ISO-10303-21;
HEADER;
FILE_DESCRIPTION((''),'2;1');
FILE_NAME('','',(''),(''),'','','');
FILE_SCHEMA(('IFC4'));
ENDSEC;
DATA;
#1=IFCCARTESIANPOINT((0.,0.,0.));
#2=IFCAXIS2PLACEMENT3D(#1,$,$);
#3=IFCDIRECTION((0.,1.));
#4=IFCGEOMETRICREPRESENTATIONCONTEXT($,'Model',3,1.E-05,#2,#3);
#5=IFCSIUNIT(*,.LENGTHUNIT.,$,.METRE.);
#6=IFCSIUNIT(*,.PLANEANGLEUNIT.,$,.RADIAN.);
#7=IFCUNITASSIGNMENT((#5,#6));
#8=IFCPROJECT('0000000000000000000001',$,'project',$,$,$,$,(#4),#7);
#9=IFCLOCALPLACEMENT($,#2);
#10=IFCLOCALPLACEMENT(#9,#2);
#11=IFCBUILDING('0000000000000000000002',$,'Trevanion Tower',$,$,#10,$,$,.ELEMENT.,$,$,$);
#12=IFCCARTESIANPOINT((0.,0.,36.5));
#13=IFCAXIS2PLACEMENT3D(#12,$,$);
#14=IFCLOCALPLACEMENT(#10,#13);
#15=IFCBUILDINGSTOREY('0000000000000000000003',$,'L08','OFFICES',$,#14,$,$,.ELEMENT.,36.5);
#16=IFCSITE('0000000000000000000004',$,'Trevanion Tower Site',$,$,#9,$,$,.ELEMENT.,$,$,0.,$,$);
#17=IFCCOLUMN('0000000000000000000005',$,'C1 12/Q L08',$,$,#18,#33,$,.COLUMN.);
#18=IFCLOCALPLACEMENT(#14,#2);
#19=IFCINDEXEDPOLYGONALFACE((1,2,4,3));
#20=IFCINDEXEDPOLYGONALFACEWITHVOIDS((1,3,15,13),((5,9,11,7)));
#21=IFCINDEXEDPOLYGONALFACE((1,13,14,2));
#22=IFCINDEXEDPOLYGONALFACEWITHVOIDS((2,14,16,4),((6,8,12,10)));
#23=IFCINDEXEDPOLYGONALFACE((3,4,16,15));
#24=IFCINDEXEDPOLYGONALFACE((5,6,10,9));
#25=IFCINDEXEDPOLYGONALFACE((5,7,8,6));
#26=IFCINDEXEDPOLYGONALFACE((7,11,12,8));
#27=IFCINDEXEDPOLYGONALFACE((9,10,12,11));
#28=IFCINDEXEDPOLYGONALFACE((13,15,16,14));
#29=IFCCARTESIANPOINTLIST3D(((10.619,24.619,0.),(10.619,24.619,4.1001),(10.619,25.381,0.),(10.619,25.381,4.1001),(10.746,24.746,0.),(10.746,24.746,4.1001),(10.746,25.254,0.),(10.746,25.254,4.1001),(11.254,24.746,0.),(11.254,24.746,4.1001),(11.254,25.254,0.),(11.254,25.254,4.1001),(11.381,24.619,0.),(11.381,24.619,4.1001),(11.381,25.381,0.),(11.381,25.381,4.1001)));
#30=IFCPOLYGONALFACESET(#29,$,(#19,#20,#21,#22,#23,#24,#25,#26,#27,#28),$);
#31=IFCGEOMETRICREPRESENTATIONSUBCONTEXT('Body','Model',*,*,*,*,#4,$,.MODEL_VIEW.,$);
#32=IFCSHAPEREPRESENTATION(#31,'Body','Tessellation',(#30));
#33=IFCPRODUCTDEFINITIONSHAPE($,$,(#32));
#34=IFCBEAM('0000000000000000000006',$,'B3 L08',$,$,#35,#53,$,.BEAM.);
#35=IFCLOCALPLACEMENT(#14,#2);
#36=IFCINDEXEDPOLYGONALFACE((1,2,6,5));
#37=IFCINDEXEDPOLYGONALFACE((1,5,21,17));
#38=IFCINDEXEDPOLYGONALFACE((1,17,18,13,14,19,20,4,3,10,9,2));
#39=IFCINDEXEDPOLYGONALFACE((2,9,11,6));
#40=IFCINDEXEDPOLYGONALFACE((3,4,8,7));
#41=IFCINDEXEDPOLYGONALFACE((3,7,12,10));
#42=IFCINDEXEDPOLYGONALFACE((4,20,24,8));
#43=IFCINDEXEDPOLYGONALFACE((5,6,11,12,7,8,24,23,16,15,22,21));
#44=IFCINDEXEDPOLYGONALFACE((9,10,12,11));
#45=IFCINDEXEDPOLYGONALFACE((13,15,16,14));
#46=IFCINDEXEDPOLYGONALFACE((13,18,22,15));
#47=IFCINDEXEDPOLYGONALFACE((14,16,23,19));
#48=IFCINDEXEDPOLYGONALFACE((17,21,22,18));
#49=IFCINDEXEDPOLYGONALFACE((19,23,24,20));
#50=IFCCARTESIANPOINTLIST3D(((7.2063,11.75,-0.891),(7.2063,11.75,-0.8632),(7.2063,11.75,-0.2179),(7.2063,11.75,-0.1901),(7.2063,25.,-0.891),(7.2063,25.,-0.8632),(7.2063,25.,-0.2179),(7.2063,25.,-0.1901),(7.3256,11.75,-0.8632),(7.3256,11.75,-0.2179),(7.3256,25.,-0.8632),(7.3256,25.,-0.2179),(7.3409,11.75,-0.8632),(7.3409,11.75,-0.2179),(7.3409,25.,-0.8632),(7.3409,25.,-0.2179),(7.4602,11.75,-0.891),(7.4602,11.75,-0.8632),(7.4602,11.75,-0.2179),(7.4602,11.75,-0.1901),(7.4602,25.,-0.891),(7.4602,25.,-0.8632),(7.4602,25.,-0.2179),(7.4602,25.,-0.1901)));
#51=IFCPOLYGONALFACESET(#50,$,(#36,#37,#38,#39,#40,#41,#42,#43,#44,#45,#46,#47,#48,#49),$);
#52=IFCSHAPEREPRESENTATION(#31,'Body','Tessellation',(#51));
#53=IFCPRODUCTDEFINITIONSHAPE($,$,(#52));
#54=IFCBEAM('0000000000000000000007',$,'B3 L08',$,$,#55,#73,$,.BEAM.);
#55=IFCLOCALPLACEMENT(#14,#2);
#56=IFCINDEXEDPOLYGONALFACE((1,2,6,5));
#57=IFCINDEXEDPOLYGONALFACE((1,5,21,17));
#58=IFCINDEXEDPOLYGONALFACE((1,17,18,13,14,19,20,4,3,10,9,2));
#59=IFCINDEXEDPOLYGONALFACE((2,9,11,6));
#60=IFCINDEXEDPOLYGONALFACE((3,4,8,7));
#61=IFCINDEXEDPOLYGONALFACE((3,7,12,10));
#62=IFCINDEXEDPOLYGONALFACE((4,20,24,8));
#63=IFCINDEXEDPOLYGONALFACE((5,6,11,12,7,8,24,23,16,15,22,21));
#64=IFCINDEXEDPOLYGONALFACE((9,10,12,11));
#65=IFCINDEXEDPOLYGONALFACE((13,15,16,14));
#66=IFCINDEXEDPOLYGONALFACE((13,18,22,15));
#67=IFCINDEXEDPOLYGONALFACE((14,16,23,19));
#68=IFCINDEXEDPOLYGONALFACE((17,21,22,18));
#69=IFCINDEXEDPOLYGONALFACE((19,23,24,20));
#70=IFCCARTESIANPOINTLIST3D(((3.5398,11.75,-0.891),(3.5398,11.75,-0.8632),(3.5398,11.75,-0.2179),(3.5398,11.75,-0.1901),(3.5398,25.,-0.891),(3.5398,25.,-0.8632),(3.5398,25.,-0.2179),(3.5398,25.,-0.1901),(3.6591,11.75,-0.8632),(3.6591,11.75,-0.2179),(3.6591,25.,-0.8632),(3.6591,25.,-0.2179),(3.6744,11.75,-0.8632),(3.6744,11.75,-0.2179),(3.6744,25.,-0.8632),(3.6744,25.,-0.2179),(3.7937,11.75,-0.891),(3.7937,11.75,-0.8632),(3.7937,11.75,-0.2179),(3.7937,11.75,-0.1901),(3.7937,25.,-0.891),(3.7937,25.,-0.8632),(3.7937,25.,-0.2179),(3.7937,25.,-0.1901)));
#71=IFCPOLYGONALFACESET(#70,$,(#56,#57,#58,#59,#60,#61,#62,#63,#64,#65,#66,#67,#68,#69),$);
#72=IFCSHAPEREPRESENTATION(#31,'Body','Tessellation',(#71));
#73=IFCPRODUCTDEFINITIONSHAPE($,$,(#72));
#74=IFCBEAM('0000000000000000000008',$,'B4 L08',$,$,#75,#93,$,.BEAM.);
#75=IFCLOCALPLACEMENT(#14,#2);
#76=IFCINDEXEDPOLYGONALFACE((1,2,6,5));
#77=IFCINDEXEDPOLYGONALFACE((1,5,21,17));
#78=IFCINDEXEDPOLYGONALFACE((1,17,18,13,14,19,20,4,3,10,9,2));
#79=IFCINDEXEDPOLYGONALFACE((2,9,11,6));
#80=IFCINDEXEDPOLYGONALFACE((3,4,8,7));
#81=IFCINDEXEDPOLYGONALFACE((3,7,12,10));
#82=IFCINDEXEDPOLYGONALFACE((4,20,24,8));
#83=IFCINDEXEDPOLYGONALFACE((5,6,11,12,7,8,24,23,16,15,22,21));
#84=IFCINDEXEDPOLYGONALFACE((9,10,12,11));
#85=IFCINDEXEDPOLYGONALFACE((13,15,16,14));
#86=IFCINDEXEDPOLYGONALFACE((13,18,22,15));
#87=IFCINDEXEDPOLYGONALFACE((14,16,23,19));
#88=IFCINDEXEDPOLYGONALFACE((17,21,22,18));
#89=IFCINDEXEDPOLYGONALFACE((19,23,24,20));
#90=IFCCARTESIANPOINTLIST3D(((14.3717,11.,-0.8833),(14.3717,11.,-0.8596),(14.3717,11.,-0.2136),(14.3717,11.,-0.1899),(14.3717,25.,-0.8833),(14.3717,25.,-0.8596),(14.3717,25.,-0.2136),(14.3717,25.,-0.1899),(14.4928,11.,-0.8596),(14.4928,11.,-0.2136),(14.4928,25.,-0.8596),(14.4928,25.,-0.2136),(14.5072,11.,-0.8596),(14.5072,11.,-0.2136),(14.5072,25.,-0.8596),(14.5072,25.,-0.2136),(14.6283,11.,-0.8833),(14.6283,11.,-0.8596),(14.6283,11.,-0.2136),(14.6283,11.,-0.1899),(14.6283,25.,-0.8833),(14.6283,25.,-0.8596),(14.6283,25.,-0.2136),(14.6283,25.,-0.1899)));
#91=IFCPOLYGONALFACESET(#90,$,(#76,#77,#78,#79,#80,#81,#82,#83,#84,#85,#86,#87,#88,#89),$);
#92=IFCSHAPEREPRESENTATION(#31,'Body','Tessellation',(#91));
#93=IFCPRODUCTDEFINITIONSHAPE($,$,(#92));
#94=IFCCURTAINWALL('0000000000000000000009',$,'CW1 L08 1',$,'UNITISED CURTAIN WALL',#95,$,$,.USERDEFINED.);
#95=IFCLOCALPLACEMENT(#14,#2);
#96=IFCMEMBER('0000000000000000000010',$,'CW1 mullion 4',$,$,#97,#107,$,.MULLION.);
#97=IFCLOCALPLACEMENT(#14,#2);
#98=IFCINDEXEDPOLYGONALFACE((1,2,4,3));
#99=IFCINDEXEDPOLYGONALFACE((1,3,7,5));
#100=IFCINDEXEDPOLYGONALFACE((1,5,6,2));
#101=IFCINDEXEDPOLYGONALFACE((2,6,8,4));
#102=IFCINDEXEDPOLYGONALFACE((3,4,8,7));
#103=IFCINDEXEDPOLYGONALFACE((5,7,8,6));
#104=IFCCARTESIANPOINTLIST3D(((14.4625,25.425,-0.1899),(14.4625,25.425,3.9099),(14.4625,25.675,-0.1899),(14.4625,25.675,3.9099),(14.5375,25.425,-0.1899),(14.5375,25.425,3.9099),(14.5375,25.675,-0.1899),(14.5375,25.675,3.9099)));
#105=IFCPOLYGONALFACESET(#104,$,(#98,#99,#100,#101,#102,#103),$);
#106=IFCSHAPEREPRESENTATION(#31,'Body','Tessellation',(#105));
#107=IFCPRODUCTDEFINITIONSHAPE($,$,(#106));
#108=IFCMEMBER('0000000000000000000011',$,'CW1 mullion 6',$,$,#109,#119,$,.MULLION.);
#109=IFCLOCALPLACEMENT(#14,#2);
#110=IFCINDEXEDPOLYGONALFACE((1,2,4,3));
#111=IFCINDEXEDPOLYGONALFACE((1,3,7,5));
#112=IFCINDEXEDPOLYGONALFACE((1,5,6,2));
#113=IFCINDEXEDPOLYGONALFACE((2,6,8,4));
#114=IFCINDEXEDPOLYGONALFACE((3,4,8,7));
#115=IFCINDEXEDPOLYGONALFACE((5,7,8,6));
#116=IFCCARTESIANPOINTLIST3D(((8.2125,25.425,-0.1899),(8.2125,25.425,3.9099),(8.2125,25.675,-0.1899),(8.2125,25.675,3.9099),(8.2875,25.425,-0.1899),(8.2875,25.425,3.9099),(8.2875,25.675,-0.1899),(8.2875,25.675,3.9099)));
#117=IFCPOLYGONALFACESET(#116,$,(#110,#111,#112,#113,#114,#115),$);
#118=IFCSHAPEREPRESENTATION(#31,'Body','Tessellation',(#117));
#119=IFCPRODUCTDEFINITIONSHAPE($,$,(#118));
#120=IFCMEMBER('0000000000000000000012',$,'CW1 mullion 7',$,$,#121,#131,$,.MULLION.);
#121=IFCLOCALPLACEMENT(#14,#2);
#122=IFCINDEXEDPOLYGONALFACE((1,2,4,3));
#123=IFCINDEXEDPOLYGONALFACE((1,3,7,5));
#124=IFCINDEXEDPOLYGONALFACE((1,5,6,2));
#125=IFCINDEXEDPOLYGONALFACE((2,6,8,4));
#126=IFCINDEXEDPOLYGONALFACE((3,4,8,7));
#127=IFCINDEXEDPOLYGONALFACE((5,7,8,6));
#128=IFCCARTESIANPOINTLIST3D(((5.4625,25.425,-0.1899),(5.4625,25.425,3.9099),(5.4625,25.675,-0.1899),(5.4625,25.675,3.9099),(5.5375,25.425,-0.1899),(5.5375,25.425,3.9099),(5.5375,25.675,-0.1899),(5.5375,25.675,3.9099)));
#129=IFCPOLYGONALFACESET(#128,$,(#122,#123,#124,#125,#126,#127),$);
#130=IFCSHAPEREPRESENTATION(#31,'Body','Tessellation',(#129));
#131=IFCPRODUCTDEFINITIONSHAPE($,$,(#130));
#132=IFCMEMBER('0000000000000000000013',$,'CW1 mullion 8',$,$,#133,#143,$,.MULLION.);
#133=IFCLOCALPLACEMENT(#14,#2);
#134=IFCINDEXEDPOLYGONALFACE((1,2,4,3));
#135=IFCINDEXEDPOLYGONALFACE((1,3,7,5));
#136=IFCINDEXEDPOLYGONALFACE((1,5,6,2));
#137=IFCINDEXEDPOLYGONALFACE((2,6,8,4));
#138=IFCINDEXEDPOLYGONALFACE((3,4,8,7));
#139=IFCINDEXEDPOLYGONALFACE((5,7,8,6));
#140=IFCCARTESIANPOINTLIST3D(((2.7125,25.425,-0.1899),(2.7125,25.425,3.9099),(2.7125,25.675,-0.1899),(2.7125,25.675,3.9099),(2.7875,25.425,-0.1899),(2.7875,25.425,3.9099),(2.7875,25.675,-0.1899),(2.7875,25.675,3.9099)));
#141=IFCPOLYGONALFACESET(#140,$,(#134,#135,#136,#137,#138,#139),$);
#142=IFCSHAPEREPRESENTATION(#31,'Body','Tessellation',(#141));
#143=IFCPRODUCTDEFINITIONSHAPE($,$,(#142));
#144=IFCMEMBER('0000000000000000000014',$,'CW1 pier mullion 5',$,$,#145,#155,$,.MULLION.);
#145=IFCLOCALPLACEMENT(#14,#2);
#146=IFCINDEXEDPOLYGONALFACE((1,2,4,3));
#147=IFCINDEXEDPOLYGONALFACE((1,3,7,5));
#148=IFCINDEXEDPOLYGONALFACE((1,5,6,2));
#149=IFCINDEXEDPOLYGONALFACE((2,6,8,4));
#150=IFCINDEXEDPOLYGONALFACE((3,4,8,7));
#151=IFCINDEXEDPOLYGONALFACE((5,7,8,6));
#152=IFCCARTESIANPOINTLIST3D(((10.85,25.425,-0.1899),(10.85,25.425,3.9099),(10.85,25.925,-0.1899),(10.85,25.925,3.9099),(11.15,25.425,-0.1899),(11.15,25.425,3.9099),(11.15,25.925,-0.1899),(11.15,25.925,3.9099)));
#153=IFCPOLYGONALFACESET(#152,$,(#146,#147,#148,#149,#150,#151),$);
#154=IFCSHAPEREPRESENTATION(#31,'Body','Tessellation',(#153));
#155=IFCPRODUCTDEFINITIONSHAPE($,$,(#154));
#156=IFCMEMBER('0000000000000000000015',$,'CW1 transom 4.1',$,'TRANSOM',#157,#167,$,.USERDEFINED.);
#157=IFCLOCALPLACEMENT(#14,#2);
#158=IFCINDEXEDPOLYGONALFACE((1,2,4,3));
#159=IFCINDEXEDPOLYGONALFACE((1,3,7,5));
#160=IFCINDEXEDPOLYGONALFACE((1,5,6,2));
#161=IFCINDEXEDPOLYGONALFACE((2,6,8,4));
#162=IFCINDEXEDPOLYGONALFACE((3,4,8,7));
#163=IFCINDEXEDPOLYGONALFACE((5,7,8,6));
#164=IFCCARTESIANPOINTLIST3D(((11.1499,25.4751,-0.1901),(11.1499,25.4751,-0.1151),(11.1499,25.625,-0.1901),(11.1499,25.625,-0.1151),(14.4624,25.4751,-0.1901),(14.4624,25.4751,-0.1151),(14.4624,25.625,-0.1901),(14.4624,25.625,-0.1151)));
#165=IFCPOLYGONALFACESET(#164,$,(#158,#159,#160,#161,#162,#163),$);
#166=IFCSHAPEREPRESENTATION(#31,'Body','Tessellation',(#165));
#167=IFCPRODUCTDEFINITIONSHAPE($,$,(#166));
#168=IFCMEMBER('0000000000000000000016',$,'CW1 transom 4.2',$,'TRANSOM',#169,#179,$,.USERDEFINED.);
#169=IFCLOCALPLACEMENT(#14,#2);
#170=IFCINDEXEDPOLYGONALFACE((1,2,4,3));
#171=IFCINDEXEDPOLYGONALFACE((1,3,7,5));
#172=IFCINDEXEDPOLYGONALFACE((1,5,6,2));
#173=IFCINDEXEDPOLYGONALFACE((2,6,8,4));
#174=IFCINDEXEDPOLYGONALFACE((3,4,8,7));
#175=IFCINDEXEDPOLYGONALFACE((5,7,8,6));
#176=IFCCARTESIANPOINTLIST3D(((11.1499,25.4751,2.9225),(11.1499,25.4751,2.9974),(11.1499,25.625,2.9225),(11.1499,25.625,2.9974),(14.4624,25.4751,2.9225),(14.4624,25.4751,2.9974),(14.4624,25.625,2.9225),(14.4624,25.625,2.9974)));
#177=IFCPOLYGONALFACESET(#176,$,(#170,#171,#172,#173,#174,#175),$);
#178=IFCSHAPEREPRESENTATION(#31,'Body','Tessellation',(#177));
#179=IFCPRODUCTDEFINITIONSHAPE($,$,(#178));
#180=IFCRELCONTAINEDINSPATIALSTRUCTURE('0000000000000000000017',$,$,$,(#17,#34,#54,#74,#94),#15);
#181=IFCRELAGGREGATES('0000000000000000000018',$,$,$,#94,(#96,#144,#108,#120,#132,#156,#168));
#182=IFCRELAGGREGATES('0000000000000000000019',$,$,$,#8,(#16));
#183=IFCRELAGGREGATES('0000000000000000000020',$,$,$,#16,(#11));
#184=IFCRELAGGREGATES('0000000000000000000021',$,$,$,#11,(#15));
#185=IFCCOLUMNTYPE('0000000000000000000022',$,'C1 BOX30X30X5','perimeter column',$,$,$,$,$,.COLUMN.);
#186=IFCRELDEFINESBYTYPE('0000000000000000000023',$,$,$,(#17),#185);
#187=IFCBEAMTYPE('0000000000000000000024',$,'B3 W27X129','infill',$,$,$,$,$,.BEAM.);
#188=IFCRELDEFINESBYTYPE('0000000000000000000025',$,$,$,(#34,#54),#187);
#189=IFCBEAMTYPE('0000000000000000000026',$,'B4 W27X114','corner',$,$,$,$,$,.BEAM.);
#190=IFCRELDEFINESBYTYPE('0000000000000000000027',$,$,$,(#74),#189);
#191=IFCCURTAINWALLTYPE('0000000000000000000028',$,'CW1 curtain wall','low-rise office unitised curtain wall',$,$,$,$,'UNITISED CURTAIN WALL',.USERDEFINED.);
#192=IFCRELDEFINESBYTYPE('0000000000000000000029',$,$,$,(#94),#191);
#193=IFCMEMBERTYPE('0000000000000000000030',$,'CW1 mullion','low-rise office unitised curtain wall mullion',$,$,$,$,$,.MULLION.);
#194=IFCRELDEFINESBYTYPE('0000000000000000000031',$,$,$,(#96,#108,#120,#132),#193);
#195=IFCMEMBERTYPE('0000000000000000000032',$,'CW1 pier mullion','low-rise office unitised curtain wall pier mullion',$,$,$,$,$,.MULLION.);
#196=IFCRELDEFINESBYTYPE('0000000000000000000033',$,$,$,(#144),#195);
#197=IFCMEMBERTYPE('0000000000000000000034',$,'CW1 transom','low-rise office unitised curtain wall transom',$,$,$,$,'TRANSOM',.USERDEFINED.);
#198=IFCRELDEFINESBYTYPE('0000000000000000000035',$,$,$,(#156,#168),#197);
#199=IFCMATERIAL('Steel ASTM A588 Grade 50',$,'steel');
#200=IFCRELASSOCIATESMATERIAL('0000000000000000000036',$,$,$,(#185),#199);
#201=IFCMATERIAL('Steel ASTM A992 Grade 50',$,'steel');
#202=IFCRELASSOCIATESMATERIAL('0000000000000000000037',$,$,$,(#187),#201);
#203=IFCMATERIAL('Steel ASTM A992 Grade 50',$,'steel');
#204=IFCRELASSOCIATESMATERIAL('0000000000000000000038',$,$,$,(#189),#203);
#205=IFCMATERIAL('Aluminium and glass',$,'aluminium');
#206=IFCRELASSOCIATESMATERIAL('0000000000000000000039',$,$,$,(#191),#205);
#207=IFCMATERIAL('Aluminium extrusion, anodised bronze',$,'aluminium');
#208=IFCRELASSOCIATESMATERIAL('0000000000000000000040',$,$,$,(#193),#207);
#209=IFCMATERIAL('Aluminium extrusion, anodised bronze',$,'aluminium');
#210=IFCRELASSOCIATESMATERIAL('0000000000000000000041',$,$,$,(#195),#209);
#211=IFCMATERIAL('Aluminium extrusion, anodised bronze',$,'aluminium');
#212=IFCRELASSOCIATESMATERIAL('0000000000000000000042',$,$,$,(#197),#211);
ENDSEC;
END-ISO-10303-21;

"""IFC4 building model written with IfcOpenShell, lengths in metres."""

from ifc_helpers import new_model, si_unit, direction, frame, origin, origin_2d, place, context, subcontext, project, spatial, rectangle, hollow_rectangle, i_section, extrude, material, material_profile, profile_set, type_object, element, aggregate, save


model = new_model("IFC4")

# Units and contexts
model_context = context("Model", 3, precision=1e-05, world=origin(), true_north=direction((0.0, 1.0)))
body_context = subcontext(model_context, "Body", "Model", "MODEL_VIEW")
ifc_project = project(units=[si_unit("LENGTHUNIT", "METRE"), si_unit("PLANEANGLEUNIT", "RADIAN")], contexts=[model_context])

# Site, building, storey
site_placement = place(None, origin())
site = spatial("IfcSite", under=ifc_project, at=site_placement, Name="Trevanion Tower Site", CompositionType="ELEMENT", RefElevation=0.0)
building_placement = place(site_placement, origin())
building = spatial("IfcBuilding", under=site, at=building_placement, Name="Trevanion Tower", CompositionType="ELEMENT")
storey_placement = place(building_placement, frame((0.0, 0.0, 36.5)))
storey = spatial("IfcBuildingStorey", under=building, at=storey_placement, Name="L08", Description="OFFICES", CompositionType="ELEMENT", Elevation=36.5)

# Column
ifc_material_1 = material(Name="Steel ASTM A588 Grade 50", Category="steel")
ifc_material_profile_1 = material_profile(ifc_material_1, hollow_rectangle(XDim=0.762, YDim=0.762, WallThickness=0.127, at=origin_2d()), Name="BOX30X30X5")
ifc_profile_set_1 = profile_set([ifc_material_profile_1], Name="Steel ASTM A588 Grade 50")
column_type = type_object("IfcColumnType", Name="C1 BOX30X30X5", Description="perimeter column", PredefinedType="COLUMN", material=ifc_profile_set_1)
column_placement = place(storey_placement, frame((11.0, 25.0, 0.0), z_axis=(0.0, 0.0, 1.0), x_axis=(1.0, 0.0, 0.0)))
element("IfcColumn", 1, at=column_placement, inside=storey, type_object=column_type, Name="C1 12/Q L08", PredefinedType="COLUMN", context=body_context, shape_type="SweptSolid", body=[
    extrude(hollow_rectangle(XDim=0.762, YDim=0.762, WallThickness=0.127, at=origin_2d()), origin(), (0.0, 0.0, 1.0), 4.1001),
])

# Beams
ifc_material_2 = material(Name="Steel ASTM A992 Grade 50", Category="steel")
ifc_material_profile_2 = material_profile(ifc_material_2, i_section(OverallWidth=0.2539, OverallDepth=0.7009, WebThickness=0.0154, FlangeThickness=0.0278, at=origin_2d()), Name="W27X129")
ifc_profile_set_2 = profile_set([ifc_material_profile_2], Name="Steel ASTM A992 Grade 50")
beam_type_1 = type_object("IfcBeamType", Name="B3 W27X129", Description="infill", PredefinedType="BEAM", material=ifc_profile_set_2)
for number, where, z_axis, x_axis, name in (
    (2, (7.3333, 11.75, -0.5405), (0.0, 1.0, 0.0), (-1.0, 0.0, 0.0), "B3 L08"),
    (3, (3.6667, 11.75, -0.5405), (0.0, 1.0, 0.0), (-1.0, 0.0, 0.0), "B3 L08"),
):
    element("IfcBeam", number, at=place(storey_placement, frame(where, z_axis=z_axis, x_axis=x_axis)), inside=storey, type_object=beam_type_1, Name=name, PredefinedType="BEAM", context=body_context, shape_type="SweptSolid", body=[
        extrude(i_section(OverallWidth=0.2539, OverallDepth=0.7009, WebThickness=0.0154, FlangeThickness=0.0278, at=origin_2d()), origin(), (0.0, 0.0, 1.0), 13.25),
    ])
ifc_material_3 = material(Name="Steel ASTM A992 Grade 50", Category="steel")
ifc_material_profile_3 = material_profile(ifc_material_3, i_section(OverallWidth=0.2566, OverallDepth=0.6934, WebThickness=0.0144, FlangeThickness=0.0237, at=origin_2d()), Name="W27X114")
ifc_profile_set_3 = profile_set([ifc_material_profile_3], Name="Steel ASTM A992 Grade 50")
beam_type_2 = type_object("IfcBeamType", Name="B4 W27X114", Description="corner", PredefinedType="BEAM", material=ifc_profile_set_3)
beam_1_placement = place(storey_placement, frame((14.5, 11.0, -0.5366), z_axis=(0.0, 1.0, 0.0), x_axis=(-1.0, 0.0, 0.0)))
element("IfcBeam", 4, at=beam_1_placement, inside=storey, type_object=beam_type_2, Name="B4 L08", PredefinedType="BEAM", context=body_context, shape_type="SweptSolid", body=[
    extrude(i_section(OverallWidth=0.2566, OverallDepth=0.6934, WebThickness=0.0144, FlangeThickness=0.0237, at=origin_2d()), origin(), (0.0, 0.0, 1.0), 14.0),
])

# Curtain wall, members
ifc_material_4 = material(Name="Aluminium and glass", Category="aluminium")
curtain_wall_type = type_object("IfcCurtainWallType", Name="CW1 curtain wall", Description="low-rise office unitised curtain wall", ElementType="UNITISED CURTAIN WALL", PredefinedType="USERDEFINED", material=ifc_material_4)
curtain_wall_placement = place(storey_placement, origin())
curtain_wall = element("IfcCurtainWall", 5, at=curtain_wall_placement, inside=storey, type_object=curtain_wall_type, Name="CW1 L08 1", ObjectType="UNITISED CURTAIN WALL", PredefinedType="USERDEFINED")
ifc_material_5 = material(Name="Aluminium extrusion, anodised bronze", Category="aluminium")
ifc_material_profile_4 = material_profile(ifc_material_5, rectangle(XDim=0.075, YDim=0.25, at=origin_2d()), Name="CW1 mullion")
ifc_profile_set_4 = profile_set([ifc_material_profile_4], Name="Aluminium extrusion, anodised bronze")
member_type_1 = type_object("IfcMemberType", Name="CW1 mullion", Description="low-rise office unitised curtain wall mullion", PredefinedType="MULLION", material=ifc_profile_set_4)
member_1_placement = place(storey_placement, frame((14.5, 25.55, -0.1899), z_axis=(0.0, 0.0, 1.0), x_axis=(-1.0, 0.0, 0.0)))
member_1 = element("IfcMember", 6, at=member_1_placement, type_object=member_type_1, Name="CW1 mullion 4", PredefinedType="MULLION", context=body_context, shape_type="SweptSolid", body=[
    extrude(rectangle(XDim=0.075, YDim=0.25, at=origin_2d()), origin(), (0.0, 0.0, 1.0), 4.0999),
])
member_2_placement = place(storey_placement, frame((8.25, 25.55, -0.1899), z_axis=(0.0, 0.0, 1.0), x_axis=(-1.0, 0.0, 0.0)))
member_2 = element("IfcMember", 7, at=member_2_placement, type_object=member_type_1, Name="CW1 mullion 6", PredefinedType="MULLION", context=body_context, shape_type="SweptSolid", body=[
    extrude(rectangle(XDim=0.075, YDim=0.25, at=origin_2d()), origin(), (0.0, 0.0, 1.0), 4.0999),
])
member_3_placement = place(storey_placement, frame((5.5, 25.55, -0.1899), z_axis=(0.0, 0.0, 1.0), x_axis=(-1.0, 0.0, 0.0)))
member_3 = element("IfcMember", 8, at=member_3_placement, type_object=member_type_1, Name="CW1 mullion 7", PredefinedType="MULLION", context=body_context, shape_type="SweptSolid", body=[
    extrude(rectangle(XDim=0.075, YDim=0.25, at=origin_2d()), origin(), (0.0, 0.0, 1.0), 4.0999),
])
member_4_placement = place(storey_placement, frame((2.75, 25.55, -0.1899), z_axis=(0.0, 0.0, 1.0), x_axis=(-1.0, 0.0, 0.0)))
member_4 = element("IfcMember", 9, at=member_4_placement, type_object=member_type_1, Name="CW1 mullion 8", PredefinedType="MULLION", context=body_context, shape_type="SweptSolid", body=[
    extrude(rectangle(XDim=0.075, YDim=0.25, at=origin_2d()), origin(), (0.0, 0.0, 1.0), 4.0999),
])
ifc_material_6 = material(Name="Aluminium extrusion, anodised bronze", Category="aluminium")
ifc_material_profile_5 = material_profile(ifc_material_6, rectangle(XDim=0.3, YDim=0.5, at=origin_2d()), Name="CW1 pier mullion")
ifc_profile_set_5 = profile_set([ifc_material_profile_5], Name="Aluminium extrusion, anodised bronze")
member_type_2 = type_object("IfcMemberType", Name="CW1 pier mullion", Description="low-rise office unitised curtain wall pier mullion", PredefinedType="MULLION", material=ifc_profile_set_5)
member_5_placement = place(storey_placement, frame((11.0, 25.675, -0.1899), z_axis=(0.0, 0.0, 1.0), x_axis=(-1.0, 0.0, 0.0)))
member_5 = element("IfcMember", 10, at=member_5_placement, type_object=member_type_2, Name="CW1 pier mullion 5", PredefinedType="MULLION", context=body_context, shape_type="SweptSolid", body=[
    extrude(rectangle(XDim=0.3, YDim=0.5, at=origin_2d()), origin(), (0.0, 0.0, 1.0), 4.0999),
])
ifc_material_7 = material(Name="Aluminium extrusion, anodised bronze", Category="aluminium")
ifc_material_profile_6 = material_profile(ifc_material_7, rectangle(XDim=0.1499, YDim=0.075, at=origin_2d()), Name="CW1 transom")
ifc_profile_set_6 = profile_set([ifc_material_profile_6], Name="Aluminium extrusion, anodised bronze")
member_type_3 = type_object("IfcMemberType", Name="CW1 transom", Description="low-rise office unitised curtain wall transom", ElementType="TRANSOM", PredefinedType="USERDEFINED", material=ifc_profile_set_6)
member_6_placement = place(storey_placement, frame((14.4624, 25.55, -0.1526), z_axis=(-1.0, 0.0, 0.0), x_axis=(0.0, -1.0, 0.0)))
member_6 = element("IfcMember", 11, at=member_6_placement, type_object=member_type_3, Name="CW1 transom 4.1", ObjectType="TRANSOM", PredefinedType="USERDEFINED", context=body_context, shape_type="SweptSolid", body=[
    extrude(rectangle(XDim=0.1499, YDim=0.075, at=origin_2d()), origin(), (0.0, 0.0, 1.0), 3.3125),
])
member_7_placement = place(storey_placement, frame((14.4624, 25.55, 2.96), z_axis=(-1.0, 0.0, 0.0), x_axis=(0.0, -1.0, 0.0)))
member_7 = element("IfcMember", 12, at=member_7_placement, type_object=member_type_3, Name="CW1 transom 4.2", ObjectType="TRANSOM", PredefinedType="USERDEFINED", context=body_context, shape_type="SweptSolid", body=[
    extrude(rectangle(XDim=0.1499, YDim=0.075, at=origin_2d()), origin(), (0.0, 0.0, 1.0), 3.3125),
])

aggregate(curtain_wall, [member_1, member_5, member_2, member_3, member_4, member_6, member_7])

save(model, "model.ifc")
